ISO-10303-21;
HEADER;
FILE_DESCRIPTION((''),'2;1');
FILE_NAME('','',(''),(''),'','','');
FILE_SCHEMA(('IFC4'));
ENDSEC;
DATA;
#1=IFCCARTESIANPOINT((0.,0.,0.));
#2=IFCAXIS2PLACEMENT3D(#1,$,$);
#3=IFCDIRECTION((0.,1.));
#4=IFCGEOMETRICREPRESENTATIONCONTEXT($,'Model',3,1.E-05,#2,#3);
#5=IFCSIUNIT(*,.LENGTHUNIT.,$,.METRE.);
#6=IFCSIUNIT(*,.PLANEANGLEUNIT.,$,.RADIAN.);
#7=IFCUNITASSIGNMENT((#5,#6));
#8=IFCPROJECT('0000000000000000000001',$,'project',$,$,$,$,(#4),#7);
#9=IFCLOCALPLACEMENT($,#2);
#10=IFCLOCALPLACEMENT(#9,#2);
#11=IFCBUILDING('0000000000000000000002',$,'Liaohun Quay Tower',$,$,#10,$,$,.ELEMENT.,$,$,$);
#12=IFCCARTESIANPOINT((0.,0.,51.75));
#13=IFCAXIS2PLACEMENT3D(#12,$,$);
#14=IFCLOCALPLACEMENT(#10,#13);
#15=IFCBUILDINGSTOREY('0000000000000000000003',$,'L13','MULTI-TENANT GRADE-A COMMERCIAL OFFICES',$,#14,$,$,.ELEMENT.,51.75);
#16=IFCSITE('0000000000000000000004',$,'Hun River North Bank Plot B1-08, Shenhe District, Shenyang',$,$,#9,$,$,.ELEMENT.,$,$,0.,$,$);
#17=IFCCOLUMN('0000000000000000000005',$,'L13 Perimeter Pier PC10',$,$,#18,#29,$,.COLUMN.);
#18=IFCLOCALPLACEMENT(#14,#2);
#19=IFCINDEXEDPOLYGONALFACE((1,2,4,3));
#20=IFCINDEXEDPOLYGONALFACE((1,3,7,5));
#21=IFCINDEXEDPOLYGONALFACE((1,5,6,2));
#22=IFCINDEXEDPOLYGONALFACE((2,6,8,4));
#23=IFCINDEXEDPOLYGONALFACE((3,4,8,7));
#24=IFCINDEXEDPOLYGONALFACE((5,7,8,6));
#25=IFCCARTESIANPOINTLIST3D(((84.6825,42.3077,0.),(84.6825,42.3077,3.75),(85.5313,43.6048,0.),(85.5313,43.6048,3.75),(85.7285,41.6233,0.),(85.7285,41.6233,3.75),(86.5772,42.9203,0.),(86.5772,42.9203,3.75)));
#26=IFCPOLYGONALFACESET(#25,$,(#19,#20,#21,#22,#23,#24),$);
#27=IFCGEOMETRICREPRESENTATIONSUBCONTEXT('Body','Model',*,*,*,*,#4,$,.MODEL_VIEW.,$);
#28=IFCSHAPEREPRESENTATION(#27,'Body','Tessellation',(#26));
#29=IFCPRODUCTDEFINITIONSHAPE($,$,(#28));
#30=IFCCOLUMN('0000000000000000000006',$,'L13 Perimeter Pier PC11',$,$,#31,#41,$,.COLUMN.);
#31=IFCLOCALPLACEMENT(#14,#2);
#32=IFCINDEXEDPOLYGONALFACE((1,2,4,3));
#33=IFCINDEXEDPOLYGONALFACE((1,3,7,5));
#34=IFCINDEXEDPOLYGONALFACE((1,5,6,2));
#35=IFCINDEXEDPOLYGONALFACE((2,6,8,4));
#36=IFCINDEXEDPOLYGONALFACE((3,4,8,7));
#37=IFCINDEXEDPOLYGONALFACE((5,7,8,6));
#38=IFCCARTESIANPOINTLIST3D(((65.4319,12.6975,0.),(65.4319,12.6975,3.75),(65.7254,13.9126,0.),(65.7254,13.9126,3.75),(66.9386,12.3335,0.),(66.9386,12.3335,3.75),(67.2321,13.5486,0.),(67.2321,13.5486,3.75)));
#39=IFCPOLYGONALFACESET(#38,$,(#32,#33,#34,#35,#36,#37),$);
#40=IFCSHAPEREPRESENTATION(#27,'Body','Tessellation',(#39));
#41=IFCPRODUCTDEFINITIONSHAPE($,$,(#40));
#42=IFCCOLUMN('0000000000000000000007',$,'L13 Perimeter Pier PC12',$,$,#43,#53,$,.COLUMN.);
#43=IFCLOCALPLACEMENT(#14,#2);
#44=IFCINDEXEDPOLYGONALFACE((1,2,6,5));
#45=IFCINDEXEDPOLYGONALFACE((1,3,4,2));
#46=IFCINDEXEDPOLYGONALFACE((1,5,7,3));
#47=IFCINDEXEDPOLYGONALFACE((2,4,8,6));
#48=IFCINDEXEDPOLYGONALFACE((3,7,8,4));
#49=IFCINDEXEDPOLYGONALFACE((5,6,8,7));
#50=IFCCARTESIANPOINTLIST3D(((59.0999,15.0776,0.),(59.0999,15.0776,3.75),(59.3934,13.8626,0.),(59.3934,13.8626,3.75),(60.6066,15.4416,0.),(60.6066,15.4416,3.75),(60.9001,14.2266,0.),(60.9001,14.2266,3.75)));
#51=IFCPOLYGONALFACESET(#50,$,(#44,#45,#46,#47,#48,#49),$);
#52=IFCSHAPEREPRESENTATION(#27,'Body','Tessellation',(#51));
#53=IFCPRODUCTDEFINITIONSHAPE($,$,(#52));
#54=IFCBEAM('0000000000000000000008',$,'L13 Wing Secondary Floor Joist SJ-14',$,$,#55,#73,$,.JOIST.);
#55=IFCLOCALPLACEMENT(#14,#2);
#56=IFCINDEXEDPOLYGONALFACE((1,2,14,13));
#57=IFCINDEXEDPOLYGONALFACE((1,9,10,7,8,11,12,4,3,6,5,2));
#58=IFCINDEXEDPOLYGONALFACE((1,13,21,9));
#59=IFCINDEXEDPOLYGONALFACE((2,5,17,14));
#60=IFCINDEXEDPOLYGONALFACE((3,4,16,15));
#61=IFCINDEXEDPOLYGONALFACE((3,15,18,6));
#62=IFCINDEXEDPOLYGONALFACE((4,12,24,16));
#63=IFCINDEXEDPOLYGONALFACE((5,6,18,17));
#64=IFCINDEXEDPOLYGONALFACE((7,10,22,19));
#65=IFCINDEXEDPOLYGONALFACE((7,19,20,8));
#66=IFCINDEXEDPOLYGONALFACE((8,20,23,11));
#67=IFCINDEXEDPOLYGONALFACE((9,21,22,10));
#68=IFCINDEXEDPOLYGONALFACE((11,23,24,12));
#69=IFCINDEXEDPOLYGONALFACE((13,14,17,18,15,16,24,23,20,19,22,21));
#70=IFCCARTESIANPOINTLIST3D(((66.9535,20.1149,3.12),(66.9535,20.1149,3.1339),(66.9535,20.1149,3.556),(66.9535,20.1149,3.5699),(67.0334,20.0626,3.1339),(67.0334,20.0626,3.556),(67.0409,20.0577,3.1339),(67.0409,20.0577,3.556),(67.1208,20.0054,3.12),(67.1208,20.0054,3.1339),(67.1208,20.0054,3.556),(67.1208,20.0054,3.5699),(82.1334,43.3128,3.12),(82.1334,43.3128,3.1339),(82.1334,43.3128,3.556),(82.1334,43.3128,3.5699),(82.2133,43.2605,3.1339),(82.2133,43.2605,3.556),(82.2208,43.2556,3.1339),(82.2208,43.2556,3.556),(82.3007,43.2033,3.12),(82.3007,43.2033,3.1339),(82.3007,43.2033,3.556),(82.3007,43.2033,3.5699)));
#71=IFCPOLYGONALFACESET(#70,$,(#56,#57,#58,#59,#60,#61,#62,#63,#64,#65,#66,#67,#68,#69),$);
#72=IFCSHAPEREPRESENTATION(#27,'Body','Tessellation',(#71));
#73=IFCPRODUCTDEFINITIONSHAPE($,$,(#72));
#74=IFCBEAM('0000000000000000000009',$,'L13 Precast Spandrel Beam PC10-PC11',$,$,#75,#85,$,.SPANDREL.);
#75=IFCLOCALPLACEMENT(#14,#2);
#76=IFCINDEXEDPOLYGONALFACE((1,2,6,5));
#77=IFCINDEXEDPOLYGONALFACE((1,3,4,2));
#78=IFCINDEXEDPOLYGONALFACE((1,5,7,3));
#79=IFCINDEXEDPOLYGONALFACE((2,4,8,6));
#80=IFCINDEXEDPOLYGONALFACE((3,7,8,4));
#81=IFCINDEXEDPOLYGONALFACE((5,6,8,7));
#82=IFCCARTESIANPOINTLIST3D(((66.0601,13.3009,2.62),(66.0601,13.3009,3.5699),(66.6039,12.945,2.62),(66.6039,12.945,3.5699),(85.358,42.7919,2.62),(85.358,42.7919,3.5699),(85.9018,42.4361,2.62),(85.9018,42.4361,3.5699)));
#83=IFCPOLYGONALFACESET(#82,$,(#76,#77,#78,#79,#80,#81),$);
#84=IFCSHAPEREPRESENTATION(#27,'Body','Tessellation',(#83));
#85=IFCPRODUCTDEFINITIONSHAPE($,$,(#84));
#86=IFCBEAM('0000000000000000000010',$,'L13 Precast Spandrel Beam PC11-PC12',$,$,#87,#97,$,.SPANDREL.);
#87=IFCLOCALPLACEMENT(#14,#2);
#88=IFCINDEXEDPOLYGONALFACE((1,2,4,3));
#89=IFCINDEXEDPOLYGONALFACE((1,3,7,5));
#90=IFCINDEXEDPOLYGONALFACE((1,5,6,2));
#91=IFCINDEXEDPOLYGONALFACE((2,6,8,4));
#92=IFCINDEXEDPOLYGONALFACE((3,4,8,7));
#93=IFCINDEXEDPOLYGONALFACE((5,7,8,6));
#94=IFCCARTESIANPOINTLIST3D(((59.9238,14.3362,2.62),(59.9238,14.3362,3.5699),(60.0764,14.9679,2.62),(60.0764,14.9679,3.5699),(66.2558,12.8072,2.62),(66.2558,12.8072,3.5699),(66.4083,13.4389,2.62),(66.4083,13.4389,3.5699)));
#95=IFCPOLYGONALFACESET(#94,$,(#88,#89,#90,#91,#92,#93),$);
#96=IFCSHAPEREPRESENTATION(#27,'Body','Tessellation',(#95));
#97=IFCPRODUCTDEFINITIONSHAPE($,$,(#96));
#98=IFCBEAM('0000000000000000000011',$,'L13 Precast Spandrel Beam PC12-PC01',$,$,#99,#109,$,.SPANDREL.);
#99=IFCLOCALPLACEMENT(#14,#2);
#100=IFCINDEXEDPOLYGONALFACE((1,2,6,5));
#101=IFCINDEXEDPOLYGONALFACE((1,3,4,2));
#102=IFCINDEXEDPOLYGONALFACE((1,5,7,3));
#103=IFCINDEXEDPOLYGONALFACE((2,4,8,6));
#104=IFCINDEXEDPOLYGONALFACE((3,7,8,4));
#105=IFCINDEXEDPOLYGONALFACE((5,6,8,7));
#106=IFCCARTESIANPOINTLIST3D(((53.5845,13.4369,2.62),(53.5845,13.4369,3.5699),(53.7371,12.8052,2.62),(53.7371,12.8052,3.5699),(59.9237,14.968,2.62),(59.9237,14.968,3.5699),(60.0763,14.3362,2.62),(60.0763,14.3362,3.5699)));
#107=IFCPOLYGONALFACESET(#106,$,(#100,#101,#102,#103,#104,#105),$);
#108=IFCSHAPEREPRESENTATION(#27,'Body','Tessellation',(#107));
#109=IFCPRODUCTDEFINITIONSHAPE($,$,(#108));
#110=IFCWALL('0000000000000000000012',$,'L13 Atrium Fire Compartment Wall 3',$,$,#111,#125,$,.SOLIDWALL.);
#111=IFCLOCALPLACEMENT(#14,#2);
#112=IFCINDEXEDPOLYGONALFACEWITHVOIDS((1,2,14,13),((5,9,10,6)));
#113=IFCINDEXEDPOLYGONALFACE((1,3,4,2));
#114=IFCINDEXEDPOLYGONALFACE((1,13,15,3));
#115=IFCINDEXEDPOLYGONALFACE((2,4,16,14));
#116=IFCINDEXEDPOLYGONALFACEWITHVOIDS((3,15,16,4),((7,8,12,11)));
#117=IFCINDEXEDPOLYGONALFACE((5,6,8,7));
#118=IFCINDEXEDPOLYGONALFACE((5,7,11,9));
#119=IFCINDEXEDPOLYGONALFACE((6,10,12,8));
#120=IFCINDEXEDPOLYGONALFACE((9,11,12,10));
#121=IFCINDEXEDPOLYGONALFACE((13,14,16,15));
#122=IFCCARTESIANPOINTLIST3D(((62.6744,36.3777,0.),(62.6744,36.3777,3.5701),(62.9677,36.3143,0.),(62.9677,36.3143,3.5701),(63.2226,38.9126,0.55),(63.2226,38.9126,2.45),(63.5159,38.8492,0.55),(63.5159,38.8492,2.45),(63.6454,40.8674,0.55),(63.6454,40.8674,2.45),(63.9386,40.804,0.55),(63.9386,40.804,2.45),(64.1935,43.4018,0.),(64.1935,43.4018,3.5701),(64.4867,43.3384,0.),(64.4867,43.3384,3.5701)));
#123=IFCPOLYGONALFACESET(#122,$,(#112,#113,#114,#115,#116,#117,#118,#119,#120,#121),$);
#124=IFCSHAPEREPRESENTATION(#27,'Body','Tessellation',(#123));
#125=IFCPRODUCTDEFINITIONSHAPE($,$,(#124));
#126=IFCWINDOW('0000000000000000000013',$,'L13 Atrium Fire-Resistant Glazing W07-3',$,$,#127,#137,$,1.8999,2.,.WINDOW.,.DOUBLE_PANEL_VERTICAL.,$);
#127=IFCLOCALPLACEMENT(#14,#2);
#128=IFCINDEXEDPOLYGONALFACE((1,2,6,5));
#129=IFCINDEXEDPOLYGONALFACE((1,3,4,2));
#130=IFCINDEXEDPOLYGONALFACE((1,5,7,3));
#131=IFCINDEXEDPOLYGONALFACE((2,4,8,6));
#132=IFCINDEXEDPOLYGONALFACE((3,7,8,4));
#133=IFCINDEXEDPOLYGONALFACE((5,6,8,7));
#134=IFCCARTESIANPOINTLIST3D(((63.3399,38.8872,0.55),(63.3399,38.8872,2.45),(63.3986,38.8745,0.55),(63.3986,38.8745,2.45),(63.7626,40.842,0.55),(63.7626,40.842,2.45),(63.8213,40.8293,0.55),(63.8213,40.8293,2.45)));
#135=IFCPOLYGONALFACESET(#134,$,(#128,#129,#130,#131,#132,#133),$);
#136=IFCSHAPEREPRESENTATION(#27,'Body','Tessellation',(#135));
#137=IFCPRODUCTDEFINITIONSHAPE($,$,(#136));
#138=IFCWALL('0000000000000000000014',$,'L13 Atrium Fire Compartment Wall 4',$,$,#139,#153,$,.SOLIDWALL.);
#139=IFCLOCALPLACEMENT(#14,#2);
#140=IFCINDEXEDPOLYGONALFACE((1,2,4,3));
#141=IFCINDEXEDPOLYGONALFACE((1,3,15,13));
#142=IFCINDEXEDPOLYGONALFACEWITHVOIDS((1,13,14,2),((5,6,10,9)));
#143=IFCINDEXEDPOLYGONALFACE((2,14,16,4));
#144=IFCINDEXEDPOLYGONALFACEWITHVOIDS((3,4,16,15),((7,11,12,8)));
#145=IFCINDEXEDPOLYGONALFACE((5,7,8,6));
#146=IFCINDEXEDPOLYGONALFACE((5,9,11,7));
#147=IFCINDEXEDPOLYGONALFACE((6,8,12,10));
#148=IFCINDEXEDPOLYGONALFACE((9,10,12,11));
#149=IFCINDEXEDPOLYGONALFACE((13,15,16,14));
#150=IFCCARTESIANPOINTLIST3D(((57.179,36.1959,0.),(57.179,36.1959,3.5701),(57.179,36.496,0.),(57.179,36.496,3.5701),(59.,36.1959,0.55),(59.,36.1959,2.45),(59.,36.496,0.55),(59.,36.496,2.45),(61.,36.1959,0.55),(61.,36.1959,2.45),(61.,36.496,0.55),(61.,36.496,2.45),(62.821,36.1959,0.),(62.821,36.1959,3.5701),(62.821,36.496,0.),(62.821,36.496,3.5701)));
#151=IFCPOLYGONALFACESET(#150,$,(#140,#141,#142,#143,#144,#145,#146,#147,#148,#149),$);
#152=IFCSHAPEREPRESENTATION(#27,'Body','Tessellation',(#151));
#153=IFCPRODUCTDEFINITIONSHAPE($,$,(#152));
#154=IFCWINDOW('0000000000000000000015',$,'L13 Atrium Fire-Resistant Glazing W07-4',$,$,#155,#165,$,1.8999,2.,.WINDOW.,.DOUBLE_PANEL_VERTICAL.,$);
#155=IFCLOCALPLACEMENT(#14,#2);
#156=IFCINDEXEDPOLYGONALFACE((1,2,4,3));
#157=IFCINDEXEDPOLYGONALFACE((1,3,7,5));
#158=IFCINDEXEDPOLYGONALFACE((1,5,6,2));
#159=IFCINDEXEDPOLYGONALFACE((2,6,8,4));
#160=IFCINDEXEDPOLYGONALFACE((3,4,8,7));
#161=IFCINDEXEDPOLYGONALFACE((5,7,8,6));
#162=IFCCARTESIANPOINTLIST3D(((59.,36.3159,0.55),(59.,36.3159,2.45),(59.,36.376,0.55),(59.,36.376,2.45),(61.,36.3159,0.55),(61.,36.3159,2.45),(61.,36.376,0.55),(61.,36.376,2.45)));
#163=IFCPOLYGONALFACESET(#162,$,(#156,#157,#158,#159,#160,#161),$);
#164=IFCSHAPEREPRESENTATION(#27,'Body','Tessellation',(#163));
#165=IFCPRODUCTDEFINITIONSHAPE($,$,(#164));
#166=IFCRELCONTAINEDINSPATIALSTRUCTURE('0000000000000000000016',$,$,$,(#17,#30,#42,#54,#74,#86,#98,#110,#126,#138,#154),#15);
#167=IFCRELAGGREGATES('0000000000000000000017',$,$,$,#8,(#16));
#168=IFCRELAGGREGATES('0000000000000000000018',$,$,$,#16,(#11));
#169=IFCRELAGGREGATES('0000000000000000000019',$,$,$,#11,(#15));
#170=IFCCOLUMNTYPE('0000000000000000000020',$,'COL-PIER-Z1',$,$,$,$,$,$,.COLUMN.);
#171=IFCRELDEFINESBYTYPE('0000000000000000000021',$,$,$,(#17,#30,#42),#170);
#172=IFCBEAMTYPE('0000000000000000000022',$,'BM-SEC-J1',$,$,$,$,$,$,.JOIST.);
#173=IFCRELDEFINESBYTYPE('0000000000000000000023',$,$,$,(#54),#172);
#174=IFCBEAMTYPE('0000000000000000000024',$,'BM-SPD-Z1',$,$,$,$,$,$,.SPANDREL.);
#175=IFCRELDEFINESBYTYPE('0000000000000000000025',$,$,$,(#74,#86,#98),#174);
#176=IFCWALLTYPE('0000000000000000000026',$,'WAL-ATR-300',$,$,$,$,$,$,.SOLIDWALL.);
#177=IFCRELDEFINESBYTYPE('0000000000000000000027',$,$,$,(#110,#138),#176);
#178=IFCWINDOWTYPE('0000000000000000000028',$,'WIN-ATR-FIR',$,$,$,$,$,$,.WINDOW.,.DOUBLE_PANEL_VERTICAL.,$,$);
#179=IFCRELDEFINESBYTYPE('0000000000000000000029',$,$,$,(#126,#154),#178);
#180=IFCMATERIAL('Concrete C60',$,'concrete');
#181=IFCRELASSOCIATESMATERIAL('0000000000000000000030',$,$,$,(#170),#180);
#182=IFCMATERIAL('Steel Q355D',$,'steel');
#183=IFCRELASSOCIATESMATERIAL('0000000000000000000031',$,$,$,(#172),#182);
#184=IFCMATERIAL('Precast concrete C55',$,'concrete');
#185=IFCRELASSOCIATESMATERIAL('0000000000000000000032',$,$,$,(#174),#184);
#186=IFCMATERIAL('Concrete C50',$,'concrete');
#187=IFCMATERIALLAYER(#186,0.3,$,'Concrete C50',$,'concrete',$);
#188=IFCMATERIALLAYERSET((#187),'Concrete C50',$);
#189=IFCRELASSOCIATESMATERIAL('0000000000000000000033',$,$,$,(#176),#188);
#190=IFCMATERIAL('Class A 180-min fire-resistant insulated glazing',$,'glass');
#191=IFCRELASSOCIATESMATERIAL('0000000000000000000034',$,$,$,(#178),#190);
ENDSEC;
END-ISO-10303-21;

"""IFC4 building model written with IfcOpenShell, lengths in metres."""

from ifc_helpers import new_model, si_unit, direction, frame, frame_2d, origin, origin_2d, place, context, subcontext, project, spatial, rectangle, i_section, extrude, source, transform, mapped, material, layer, layer_set, material_profile, profile_set, type_object, element, fill, save


model = new_model("IFC4")

# Units and contexts
model_context = context("Model", 3, precision=1e-05, world=origin(), true_north=direction((0.0, 1.0)))
body_context = subcontext(model_context, "Body", "Model", "MODEL_VIEW")
ifc_project = project(units=[si_unit("LENGTHUNIT", "METRE"), si_unit("PLANEANGLEUNIT", "RADIAN")], contexts=[model_context])

# Site, building, storey
site_placement = place(None, origin())
site = spatial("IfcSite", under=ifc_project, at=site_placement, Name="Hun River North Bank Plot B1-08, Shenhe District, Shenyang", CompositionType="ELEMENT", RefElevation=0.0)
building_placement = place(site_placement, origin())
building = spatial("IfcBuilding", under=site, at=building_placement, Name="Liaohun Quay Tower", CompositionType="ELEMENT")
storey_placement = place(building_placement, frame((0.0, 0.0, 51.75)))
storey = spatial("IfcBuildingStorey", under=building, at=storey_placement, Name="L13", Description="MULTI-TENANT GRADE-A COMMERCIAL OFFICES", CompositionType="ELEMENT", Elevation=51.75)

# Columns
ifc_material_1 = material(Name="Concrete C60", Category="concrete")
ifc_material_profile_1 = material_profile(ifc_material_1, rectangle(XDim=1.55, YDim=1.25, at=origin_2d()), Name="RC1550x1250")
ifc_profile_set_1 = profile_set([ifc_material_profile_1], Name="Concrete C60")
column_type = type_object("IfcColumnType", Name="COL-PIER-Z1", PredefinedType="COLUMN", material=ifc_profile_set_1)
shared_shape_1 = source(origin(), body_context, "Body", "SweptSolid", [
    extrude(rectangle(XDim=1.55, YDim=1.25, at=origin_2d()), origin(), (0.0, 0.0, 1.0), 3.75),
])
for number, where, z_axis, x_axis, name in (
    (1, (85.6299, 42.614, 0.0), (0.0, 0.0, 1.0), (0.547563, 0.836764, 0.0), "L13 Perimeter Pier PC10"),
    (2, (66.332, 13.123, 0.0), (0.0, 0.0, 1.0), (-0.972043, 0.234803, 0.0), "L13 Perimeter Pier PC11"),
    (3, (60.0, 14.6521, 0.0), (0.0, 0.0, 1.0), (0.972043, 0.234803, 0.0), "L13 Perimeter Pier PC12"),
):
    element("IfcColumn", number, at=place(storey_placement, frame(where, z_axis=z_axis, x_axis=x_axis)), inside=storey, type_object=column_type, Name=name, PredefinedType="COLUMN", context=body_context, shape_type="MappedRepresentation", body=[
        mapped(shared_shape_1, transform((0.0, 0.0, 0.0), x_axis=(1.0, 0.0, 0.0), y_axis=(0.0, 1.0, 0.0), z_axis=(0.0, 0.0, 1.0), scale=1.0)),
    ])

# Beams
ifc_material_2 = material(Name="Steel Q355D", Category="steel")
ifc_material_profile_2 = material_profile(ifc_material_2, i_section(OverallWidth=0.2, OverallDepth=0.45, WebThickness=0.009, FlangeThickness=0.0139, at=origin_2d()), Name="HN450x200x9x14")
ifc_profile_set_2 = profile_set([ifc_material_profile_2], Name="Steel Q355D")
beam_type_1 = type_object("IfcBeamType", Name="BM-SEC-J1", PredefinedType="JOIST", material=ifc_profile_set_2)
shared_shape_2 = source(origin(), body_context, "Body", "SweptSolid", [
    extrude(i_section(OverallWidth=0.2, OverallDepth=0.45, WebThickness=0.009, FlangeThickness=0.0139, at=origin_2d()), origin(), (0.0, 0.0, 1.0), 27.7231),
])
beam_1_placement = place(storey_placement, frame((82.217, 43.2581, 3.345), z_axis=(-0.547553, -0.836771, 0.0), x_axis=(0.836771, -0.547553, 0.0)))
element("IfcBeam", 4, at=beam_1_placement, inside=storey, type_object=beam_type_1, Name="L13 Wing Secondary Floor Joist SJ-14", PredefinedType="JOIST", context=body_context, shape_type="MappedRepresentation", body=[
    mapped(shared_shape_2, transform((0.0, 0.0, 0.0), x_axis=(1.0, 0.0, 0.0), y_axis=(0.0, 1.0, 0.0), z_axis=(0.0, 0.0, 1.0), scale=1.0)),
])
ifc_material_3 = material(Name="Precast concrete C55", Category="concrete")
ifc_material_profile_3 = material_profile(ifc_material_3, rectangle(XDim=0.6499, YDim=0.95, at=origin_2d()), Name="RC650x950")
ifc_profile_set_3 = profile_set([ifc_material_profile_3], Name="Precast concrete C55")
beam_type_2 = type_object("IfcBeamType", Name="BM-SPD-Z1", PredefinedType="SPANDREL", material=ifc_profile_set_3)
shared_shape_3 = source(origin(), body_context, "Body", "SweptSolid", [
    extrude(rectangle(XDim=0.6499, YDim=0.95, at=origin_2d()), origin(), (0.0, 0.0, 1.0), 35.2439),
])
beam_2_placement = place(storey_placement, frame((85.6299, 42.614, 3.095), z_axis=(-0.547553, -0.836771, 0.0), x_axis=(0.836771, -0.547553, 0.0)))
element("IfcBeam", 5, at=beam_2_placement, inside=storey, type_object=beam_type_2, Name="L13 Precast Spandrel Beam PC10-PC11", PredefinedType="SPANDREL", context=body_context, shape_type="MappedRepresentation", body=[
    mapped(shared_shape_3, transform((0.0, 0.0, 0.0), x_axis=(1.0, 0.0, 0.0), y_axis=(0.0, 1.0, 0.0), z_axis=(0.0, 0.0, 1.0), scale=1.0)),
])
shared_shape_4 = source(origin(), body_context, "Body", "SweptSolid", [
    extrude(rectangle(XDim=0.6499, YDim=0.95, at=origin_2d()), origin(), (0.0, 0.0, 1.0), 6.5139),
])
beam_3_placement = place(storey_placement, frame((66.332, 13.123, 3.095), z_axis=(-0.97206, 0.234732, 0.0), x_axis=(-0.234732, -0.97206, 0.0)))
element("IfcBeam", 6, at=beam_3_placement, inside=storey, type_object=beam_type_2, Name="L13 Precast Spandrel Beam PC11-PC12", PredefinedType="SPANDREL", context=body_context, shape_type="MappedRepresentation", body=[
    mapped(shared_shape_4, transform((0.0, 0.0, 0.0), x_axis=(1.0, 0.0, 0.0), y_axis=(0.0, 1.0, 0.0), z_axis=(0.0, 0.0, 1.0), scale=1.0)),
])
shared_shape_5 = source(origin(), body_context, "Body", "SweptSolid", [
    extrude(rectangle(XDim=0.6499, YDim=0.95, at=origin_2d()), origin(), (0.0, 0.0, 1.0), 6.5215),
])
beam_4_placement = place(storey_placement, frame((60.0, 14.6521, 3.095), z_axis=(-0.972052, -0.234767, 0.0), x_axis=(0.234767, -0.972052, 0.0)))
element("IfcBeam", 7, at=beam_4_placement, inside=storey, type_object=beam_type_2, Name="L13 Precast Spandrel Beam PC12-PC01", PredefinedType="SPANDREL", context=body_context, shape_type="MappedRepresentation", body=[
    mapped(shared_shape_5, transform((0.0, 0.0, 0.0), x_axis=(1.0, 0.0, 0.0), y_axis=(0.0, 1.0, 0.0), z_axis=(0.0, 0.0, 1.0), scale=1.0)),
])

# Walls, openings, windows
ifc_material_4 = material(Name="Concrete C50", Category="concrete")
ifc_layer_1 = layer(ifc_material_4, 0.3, Name="Concrete C50", Category="concrete")
ifc_layer_set_1 = layer_set([ifc_layer_1], Name="Concrete C50")
wall_type_1 = type_object("IfcWallType", Name="WAL-ATR-300", PredefinedType="SOLIDWALL", material=ifc_layer_set_1)
wall_1_placement = place(storey_placement, frame((64.3401, 43.3701, 0.0), z_axis=(0.0, 0.0, 1.0), x_axis=(-0.211373, -0.977405, 0.0)))
wall_1 = element("IfcWall", 8, at=wall_1_placement, inside=storey, type_object=wall_type_1, Name="L13 Atrium Fire Compartment Wall 3", PredefinedType="SOLIDWALL", context=body_context, shape_type="SweptSolid", body=[
    extrude(rectangle(XDim=7.1865, YDim=0.3, at=frame_2d((3.5933, 0.0))), origin(), (0.0, 0.0, 1.0), 3.5701),
])
shared_shape_6 = source(origin(), body_context, "Body", "SweptSolid", [
    extrude(rectangle(XDim=2.0, YDim=1.8999, at=frame_2d((1.0, 0.95))), frame((0.0, 0.1599, 0.0), z_axis=(0.0, -1.0, 0.0), x_axis=(1.0, 0.0, 0.0)), (0.0, 0.0, 1.0), 0.3201),
])
opening_1_placement = place(wall_1_placement, frame((2.593, 0.0, 0.55)))
opening_1 = element("IfcOpeningElement", 9, at=opening_1_placement, cuts=wall_1, PredefinedType="OPENING", context=body_context, shape_type="MappedRepresentation", body=[
    mapped(shared_shape_6, transform((0.0, 0.0, 0.0), x_axis=(1.0, 0.0, 0.0), y_axis=(0.0, 1.0, 0.0), z_axis=(0.0, 0.0, 1.0), scale=1.0)),
])
ifc_material_5 = material(Name="Class A 180-min fire-resistant insulated glazing", Category="glass")
window_type_1 = type_object("IfcWindowType", Name="WIN-ATR-FIR", PartitioningType="DOUBLE_PANEL_VERTICAL", PredefinedType="WINDOW", material=ifc_material_5)
shared_shape_7 = source(origin(), body_context, "Body", "SweptSolid", [
    extrude(rectangle(XDim=2.0, YDim=1.8999, at=frame_2d((1.0, 0.95))), frame((0.0, 0.03, 0.0), z_axis=(0.0, -1.0, 0.0), x_axis=(1.0, 0.0, 0.0)), (0.0, 0.0, 1.0), 0.0601),
])
window_1_placement = place(opening_1_placement, origin())
window_1 = element("IfcWindow", 10, at=window_1_placement, inside=storey, type_object=window_type_1, Name="L13 Atrium Fire-Resistant Glazing W07-3", OverallHeight=1.8999, OverallWidth=2.0, PartitioningType="DOUBLE_PANEL_VERTICAL", PredefinedType="WINDOW", context=body_context, shape_type="MappedRepresentation", body=[
    mapped(shared_shape_7, transform((0.0, 0.0, 0.0), x_axis=(1.0, 0.0, 0.0), y_axis=(0.0, 1.0, 0.0), z_axis=(0.0, 0.0, 1.0), scale=1.0)),
])
fill(opening_1, window_1)
wall_2_placement = place(storey_placement, frame((62.821, 36.3459, 0.0), z_axis=(0.0, 0.0, 1.0), x_axis=(-1.0, 0.0, 0.0)))
wall_2 = element("IfcWall", 11, at=wall_2_placement, inside=storey, type_object=wall_type_1, Name="L13 Atrium Fire Compartment Wall 4", PredefinedType="SOLIDWALL", context=body_context, shape_type="SweptSolid", body=[
    extrude(rectangle(XDim=5.6421, YDim=0.3, at=frame_2d((2.821, 0.0))), origin(), (0.0, 0.0, 1.0), 3.5701),
])
opening_2_placement = place(wall_2_placement, frame((1.821, 0.0, 0.55)))
opening_2 = element("IfcOpeningElement", 12, at=opening_2_placement, cuts=wall_2, PredefinedType="OPENING", context=body_context, shape_type="MappedRepresentation", body=[
    mapped(shared_shape_6, transform((0.0, 0.0, 0.0), x_axis=(1.0, 0.0, 0.0), y_axis=(0.0, 1.0, 0.0), z_axis=(0.0, 0.0, 1.0), scale=1.0)),
])
window_2_placement = place(opening_2_placement, origin())
window_2 = element("IfcWindow", 13, at=window_2_placement, inside=storey, type_object=window_type_1, Name="L13 Atrium Fire-Resistant Glazing W07-4", OverallHeight=1.8999, OverallWidth=2.0, PartitioningType="DOUBLE_PANEL_VERTICAL", PredefinedType="WINDOW", context=body_context, shape_type="MappedRepresentation", body=[
    mapped(shared_shape_7, transform((0.0, 0.0, 0.0), x_axis=(1.0, 0.0, 0.0), y_axis=(0.0, 1.0, 0.0), z_axis=(0.0, 0.0, 1.0), scale=1.0)),
])
fill(opening_2, window_2)

save(model, "model.ifc")
